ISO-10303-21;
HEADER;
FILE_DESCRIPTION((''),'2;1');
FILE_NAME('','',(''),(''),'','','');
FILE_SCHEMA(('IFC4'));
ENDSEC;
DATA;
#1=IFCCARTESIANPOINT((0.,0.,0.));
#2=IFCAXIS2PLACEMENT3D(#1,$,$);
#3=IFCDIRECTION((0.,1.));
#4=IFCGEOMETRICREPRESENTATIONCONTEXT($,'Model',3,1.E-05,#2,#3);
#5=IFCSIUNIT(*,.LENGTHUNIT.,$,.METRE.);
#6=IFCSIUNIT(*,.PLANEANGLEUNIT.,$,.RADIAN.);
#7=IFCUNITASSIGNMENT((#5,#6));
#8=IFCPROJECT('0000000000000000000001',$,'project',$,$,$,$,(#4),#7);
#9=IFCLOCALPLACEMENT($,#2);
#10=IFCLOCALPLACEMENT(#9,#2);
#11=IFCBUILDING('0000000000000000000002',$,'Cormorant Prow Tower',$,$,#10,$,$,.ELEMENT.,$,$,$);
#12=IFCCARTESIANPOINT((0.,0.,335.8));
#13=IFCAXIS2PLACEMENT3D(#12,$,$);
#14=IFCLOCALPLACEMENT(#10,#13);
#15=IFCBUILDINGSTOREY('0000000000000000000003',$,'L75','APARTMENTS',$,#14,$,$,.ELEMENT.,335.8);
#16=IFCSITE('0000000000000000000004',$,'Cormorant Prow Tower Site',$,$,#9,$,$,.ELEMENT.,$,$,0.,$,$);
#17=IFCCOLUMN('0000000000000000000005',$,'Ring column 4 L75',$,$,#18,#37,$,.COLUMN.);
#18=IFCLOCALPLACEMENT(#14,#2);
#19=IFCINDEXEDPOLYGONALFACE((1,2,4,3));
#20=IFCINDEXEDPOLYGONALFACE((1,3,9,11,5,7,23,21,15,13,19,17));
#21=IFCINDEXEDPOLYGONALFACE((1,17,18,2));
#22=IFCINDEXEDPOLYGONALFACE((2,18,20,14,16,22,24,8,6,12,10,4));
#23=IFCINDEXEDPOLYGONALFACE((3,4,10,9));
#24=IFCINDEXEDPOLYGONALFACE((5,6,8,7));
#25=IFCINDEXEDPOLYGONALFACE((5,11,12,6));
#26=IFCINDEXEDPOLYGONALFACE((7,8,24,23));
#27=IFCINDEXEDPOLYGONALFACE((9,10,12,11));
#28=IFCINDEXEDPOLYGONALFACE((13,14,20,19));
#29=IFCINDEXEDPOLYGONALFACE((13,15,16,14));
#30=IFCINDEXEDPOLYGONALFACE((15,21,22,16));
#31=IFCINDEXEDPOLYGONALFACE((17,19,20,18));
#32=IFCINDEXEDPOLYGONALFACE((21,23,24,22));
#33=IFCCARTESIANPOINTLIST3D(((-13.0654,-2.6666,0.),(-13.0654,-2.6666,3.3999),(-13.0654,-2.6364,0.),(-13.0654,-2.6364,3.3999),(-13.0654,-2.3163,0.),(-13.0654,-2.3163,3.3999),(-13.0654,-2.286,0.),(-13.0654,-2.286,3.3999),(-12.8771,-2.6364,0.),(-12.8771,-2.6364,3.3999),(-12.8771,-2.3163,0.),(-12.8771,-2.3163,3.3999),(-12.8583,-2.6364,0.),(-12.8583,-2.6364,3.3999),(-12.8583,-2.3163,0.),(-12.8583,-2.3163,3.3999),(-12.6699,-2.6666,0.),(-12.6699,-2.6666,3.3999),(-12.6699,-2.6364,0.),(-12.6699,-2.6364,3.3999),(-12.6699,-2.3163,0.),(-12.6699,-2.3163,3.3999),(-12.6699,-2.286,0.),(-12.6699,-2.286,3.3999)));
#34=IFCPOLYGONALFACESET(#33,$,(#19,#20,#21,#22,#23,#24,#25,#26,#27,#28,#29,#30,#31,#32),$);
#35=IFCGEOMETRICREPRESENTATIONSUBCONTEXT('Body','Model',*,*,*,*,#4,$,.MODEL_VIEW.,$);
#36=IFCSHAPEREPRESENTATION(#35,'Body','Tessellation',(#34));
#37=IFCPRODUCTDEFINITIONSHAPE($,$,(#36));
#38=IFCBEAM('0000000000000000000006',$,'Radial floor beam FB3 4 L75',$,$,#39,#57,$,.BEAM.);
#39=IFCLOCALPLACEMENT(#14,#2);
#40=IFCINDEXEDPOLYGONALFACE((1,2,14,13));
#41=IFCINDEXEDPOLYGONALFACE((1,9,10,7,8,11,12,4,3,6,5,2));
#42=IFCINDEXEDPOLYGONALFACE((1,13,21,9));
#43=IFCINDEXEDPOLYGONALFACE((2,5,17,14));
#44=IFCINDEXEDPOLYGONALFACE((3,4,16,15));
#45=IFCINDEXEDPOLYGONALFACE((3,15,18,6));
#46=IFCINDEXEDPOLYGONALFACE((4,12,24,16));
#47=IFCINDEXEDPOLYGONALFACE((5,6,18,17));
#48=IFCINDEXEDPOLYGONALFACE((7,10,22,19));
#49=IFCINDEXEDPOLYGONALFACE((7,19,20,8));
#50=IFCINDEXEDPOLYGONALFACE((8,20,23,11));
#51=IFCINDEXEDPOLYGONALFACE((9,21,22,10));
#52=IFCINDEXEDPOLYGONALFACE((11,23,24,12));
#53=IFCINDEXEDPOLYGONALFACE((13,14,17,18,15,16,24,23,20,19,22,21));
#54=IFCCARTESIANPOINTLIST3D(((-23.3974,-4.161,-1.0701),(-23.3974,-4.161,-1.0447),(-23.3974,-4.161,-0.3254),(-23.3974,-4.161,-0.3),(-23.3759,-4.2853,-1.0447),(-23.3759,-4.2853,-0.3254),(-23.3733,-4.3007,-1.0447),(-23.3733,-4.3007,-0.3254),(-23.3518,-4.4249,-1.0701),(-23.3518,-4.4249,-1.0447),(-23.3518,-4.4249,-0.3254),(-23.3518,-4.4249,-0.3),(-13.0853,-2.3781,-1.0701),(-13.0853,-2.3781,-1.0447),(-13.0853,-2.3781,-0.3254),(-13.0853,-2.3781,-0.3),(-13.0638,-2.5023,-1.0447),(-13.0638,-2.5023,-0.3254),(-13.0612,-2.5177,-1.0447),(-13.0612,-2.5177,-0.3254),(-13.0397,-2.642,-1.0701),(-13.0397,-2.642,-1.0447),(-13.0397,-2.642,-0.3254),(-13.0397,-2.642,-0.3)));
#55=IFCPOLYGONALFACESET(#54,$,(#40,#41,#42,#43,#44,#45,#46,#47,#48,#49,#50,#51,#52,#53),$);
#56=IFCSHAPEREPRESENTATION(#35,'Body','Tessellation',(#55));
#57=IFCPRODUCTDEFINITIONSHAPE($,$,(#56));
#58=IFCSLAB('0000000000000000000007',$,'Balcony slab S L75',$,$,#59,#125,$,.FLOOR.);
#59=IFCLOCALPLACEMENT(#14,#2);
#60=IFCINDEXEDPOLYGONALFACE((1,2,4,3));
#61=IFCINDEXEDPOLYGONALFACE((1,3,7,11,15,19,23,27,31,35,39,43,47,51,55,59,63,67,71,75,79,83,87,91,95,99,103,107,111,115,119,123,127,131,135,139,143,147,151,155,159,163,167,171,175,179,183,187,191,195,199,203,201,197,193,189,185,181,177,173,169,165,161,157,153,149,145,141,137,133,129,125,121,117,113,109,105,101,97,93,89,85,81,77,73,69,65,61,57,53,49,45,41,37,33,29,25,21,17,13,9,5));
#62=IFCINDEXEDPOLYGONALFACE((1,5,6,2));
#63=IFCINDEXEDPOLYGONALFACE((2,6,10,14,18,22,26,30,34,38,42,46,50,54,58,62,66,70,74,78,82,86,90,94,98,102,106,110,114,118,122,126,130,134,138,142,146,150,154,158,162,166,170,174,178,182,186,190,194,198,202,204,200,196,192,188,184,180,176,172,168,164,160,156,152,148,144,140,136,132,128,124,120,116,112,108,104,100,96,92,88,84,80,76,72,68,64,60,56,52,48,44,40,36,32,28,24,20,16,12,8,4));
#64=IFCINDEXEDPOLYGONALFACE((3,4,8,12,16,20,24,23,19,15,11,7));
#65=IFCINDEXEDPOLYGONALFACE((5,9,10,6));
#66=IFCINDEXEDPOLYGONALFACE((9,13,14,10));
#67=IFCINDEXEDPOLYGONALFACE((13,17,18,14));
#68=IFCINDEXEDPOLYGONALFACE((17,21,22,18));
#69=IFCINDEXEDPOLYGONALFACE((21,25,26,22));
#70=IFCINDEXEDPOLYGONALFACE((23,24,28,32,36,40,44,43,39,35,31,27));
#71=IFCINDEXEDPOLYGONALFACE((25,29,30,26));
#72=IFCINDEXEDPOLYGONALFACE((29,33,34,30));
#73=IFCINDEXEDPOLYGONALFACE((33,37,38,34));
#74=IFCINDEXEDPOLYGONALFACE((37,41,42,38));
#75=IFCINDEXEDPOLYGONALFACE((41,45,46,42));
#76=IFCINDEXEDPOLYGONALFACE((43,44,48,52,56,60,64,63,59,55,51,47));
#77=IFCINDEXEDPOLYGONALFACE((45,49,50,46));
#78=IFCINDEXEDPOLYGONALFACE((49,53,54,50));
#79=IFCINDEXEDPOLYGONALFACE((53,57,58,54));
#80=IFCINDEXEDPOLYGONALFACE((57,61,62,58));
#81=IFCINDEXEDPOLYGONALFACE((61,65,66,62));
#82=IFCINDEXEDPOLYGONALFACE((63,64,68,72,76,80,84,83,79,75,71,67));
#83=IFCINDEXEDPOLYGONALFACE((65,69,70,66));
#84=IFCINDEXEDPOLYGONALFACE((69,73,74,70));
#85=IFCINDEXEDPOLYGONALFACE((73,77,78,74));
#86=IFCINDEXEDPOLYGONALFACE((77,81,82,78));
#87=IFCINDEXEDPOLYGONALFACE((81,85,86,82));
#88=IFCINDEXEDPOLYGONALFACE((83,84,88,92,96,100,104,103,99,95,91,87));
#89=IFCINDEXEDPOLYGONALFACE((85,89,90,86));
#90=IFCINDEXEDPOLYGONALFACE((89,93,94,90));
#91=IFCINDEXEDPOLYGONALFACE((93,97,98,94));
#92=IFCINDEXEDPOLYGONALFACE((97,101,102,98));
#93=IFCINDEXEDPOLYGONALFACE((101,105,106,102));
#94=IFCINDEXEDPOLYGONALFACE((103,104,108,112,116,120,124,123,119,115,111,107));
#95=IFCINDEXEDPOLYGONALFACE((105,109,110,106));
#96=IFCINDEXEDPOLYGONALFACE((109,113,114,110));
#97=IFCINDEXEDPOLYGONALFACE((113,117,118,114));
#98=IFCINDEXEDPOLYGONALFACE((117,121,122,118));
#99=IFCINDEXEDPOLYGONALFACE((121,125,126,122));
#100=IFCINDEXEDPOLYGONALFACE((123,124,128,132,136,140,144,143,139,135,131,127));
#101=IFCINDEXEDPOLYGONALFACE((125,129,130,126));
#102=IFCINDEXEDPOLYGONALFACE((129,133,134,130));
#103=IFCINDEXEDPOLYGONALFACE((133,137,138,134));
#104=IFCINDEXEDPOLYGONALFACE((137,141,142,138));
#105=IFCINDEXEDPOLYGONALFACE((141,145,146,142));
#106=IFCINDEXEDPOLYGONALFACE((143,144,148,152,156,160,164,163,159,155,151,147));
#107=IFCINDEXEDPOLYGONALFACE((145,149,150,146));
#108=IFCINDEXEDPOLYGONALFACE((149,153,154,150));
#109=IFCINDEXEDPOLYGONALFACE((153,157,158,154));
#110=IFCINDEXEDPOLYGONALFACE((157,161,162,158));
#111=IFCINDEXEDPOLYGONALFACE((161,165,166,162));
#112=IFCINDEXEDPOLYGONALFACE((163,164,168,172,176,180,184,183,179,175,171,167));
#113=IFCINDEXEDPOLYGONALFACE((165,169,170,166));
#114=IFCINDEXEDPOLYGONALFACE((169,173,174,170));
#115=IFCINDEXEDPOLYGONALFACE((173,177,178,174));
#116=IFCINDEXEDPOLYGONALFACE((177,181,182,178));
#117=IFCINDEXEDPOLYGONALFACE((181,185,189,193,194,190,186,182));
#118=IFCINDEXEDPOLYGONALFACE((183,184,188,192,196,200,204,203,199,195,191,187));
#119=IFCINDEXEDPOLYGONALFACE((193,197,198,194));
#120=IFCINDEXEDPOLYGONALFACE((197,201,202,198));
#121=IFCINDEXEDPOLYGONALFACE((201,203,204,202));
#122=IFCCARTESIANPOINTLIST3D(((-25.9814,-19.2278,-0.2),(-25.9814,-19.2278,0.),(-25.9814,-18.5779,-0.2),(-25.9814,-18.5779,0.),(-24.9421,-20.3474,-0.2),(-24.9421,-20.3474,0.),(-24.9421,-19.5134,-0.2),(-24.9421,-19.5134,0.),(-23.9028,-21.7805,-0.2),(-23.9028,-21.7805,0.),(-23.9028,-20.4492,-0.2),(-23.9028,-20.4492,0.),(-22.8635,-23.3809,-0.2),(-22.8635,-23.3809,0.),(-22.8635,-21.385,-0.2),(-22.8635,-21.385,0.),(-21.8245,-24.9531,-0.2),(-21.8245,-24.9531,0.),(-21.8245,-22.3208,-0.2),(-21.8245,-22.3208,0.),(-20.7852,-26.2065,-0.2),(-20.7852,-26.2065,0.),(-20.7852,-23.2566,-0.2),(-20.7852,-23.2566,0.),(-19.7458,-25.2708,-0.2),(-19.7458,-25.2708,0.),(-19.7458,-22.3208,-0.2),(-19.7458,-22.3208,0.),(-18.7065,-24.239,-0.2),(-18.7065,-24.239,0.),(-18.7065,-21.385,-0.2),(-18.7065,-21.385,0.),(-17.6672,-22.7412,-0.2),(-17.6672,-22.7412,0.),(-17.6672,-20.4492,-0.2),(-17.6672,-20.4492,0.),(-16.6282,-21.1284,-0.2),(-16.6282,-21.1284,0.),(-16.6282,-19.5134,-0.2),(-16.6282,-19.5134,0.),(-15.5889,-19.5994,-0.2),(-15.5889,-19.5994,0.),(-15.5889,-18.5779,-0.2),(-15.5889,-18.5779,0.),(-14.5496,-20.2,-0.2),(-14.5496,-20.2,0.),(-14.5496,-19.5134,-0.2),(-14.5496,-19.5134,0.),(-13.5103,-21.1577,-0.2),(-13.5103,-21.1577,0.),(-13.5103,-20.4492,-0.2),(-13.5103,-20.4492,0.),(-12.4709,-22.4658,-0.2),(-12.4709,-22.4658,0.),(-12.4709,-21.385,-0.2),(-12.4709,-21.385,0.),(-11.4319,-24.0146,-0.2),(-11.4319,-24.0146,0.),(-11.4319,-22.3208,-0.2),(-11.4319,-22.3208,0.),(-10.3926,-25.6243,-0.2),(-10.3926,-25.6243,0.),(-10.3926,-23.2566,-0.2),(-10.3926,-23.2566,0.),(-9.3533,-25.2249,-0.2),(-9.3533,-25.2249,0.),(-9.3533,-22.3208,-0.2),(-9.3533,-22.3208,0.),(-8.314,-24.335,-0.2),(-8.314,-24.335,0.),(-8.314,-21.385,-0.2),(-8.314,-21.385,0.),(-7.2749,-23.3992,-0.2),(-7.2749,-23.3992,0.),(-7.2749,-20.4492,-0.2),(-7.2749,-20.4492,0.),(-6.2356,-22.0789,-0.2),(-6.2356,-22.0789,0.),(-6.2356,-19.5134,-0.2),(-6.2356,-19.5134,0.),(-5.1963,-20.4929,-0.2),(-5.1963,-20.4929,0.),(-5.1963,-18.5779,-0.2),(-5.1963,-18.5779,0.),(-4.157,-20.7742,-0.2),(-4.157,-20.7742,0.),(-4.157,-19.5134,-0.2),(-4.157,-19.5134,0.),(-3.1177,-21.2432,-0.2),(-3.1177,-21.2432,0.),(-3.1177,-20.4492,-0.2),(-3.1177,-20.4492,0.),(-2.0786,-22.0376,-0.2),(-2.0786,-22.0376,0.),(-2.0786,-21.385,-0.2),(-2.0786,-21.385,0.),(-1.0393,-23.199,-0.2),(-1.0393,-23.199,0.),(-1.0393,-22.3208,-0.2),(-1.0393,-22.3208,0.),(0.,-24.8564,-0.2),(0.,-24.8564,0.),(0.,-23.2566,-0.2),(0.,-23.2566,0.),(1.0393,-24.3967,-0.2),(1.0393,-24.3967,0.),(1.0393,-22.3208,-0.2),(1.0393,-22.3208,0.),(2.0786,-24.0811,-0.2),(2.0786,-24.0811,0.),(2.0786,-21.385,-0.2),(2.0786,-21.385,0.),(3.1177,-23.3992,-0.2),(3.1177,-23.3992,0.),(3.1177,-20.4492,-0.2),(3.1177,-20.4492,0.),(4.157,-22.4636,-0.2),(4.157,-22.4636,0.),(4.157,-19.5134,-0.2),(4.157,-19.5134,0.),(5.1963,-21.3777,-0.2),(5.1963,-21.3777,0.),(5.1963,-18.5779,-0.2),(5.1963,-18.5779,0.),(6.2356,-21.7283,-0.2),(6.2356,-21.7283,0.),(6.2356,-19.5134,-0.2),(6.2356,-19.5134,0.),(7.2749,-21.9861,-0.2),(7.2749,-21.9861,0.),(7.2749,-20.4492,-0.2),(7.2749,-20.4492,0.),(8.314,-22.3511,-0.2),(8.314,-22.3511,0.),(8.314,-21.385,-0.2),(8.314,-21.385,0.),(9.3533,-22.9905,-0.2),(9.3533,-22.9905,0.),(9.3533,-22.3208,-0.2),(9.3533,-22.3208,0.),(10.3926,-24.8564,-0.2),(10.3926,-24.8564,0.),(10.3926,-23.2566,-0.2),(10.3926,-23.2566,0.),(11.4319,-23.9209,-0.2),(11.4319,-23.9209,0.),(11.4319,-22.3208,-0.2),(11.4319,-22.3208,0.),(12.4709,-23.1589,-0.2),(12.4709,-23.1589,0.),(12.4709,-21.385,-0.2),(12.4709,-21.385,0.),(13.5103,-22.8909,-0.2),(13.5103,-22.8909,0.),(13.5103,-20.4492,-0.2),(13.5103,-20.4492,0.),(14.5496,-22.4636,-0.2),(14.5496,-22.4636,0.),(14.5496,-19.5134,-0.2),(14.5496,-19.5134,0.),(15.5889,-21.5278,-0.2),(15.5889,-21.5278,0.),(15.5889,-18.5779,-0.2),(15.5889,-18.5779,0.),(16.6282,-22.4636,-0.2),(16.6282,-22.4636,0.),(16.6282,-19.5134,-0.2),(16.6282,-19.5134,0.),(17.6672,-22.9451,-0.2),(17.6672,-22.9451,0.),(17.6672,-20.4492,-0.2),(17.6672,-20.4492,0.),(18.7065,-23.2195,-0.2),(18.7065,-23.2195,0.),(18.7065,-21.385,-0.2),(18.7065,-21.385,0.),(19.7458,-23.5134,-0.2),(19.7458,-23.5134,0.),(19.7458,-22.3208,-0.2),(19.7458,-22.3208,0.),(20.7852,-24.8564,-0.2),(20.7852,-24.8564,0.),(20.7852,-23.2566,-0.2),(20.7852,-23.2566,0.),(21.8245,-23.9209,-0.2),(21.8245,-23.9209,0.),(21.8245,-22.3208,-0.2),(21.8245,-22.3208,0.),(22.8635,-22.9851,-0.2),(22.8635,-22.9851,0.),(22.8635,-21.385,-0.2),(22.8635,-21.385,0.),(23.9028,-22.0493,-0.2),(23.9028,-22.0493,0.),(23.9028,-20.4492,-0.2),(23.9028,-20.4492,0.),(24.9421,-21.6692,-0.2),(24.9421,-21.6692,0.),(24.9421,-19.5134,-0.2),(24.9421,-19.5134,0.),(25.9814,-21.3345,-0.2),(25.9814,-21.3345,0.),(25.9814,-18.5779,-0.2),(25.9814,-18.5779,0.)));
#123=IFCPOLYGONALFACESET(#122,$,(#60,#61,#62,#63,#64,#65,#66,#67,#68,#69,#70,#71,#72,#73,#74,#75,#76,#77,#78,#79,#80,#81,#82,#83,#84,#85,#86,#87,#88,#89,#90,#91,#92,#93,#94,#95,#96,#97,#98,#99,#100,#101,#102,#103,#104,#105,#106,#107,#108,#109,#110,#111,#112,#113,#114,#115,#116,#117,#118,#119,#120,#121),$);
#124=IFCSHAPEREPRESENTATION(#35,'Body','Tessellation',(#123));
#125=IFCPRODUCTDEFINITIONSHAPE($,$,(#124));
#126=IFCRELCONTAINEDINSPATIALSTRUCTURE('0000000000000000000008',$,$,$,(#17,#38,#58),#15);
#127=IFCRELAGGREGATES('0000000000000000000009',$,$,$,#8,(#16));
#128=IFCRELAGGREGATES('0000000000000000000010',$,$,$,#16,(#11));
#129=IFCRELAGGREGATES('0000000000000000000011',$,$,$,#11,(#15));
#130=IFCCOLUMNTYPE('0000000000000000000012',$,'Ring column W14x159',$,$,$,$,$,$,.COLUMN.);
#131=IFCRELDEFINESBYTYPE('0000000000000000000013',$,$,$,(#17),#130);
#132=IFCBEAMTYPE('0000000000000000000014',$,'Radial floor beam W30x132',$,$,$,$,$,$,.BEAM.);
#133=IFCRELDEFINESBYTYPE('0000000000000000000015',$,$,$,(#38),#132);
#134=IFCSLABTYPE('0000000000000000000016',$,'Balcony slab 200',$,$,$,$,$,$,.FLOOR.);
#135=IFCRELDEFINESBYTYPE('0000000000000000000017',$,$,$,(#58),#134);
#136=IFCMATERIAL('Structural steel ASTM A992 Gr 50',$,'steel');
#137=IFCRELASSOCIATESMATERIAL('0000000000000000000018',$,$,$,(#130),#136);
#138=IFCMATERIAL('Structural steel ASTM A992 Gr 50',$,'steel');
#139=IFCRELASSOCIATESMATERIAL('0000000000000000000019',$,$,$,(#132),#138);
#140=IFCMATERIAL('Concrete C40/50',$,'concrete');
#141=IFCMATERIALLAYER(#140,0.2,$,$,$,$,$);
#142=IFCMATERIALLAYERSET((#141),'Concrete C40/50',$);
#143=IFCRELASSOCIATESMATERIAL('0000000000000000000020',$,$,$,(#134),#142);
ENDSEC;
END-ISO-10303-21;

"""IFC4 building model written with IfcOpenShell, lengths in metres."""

from ifc_helpers import new_model, si_unit, direction, frame, origin, origin_2d, place, context, subcontext, project, spatial, polyline, i_section, outline, extrude, material, layer, layer_set, material_profile, profile_set, type_object, element, save


model = new_model("IFC4")

# Units and contexts
model_context = context("Model", 3, precision=1e-05, world=origin(), true_north=direction((0.0, 1.0)))
body_context = subcontext(model_context, "Body", "Model", "MODEL_VIEW")
ifc_project = project(units=[si_unit("LENGTHUNIT", "METRE"), si_unit("PLANEANGLEUNIT", "RADIAN")], contexts=[model_context])

# Site, building, storey
site_placement = place(None, origin())
site = spatial("IfcSite", under=ifc_project, at=site_placement, Name="Cormorant Prow Tower Site", CompositionType="ELEMENT", RefElevation=0.0)
building_placement = place(site_placement, origin())
building = spatial("IfcBuilding", under=site, at=building_placement, Name="Cormorant Prow Tower", CompositionType="ELEMENT")
storey_placement = place(building_placement, frame((0.0, 0.0, 335.8)))
storey = spatial("IfcBuildingStorey", under=building, at=storey_placement, Name="L75", Description="APARTMENTS", CompositionType="ELEMENT", Elevation=335.8)

# Column
ifc_material_1 = material(Name="Structural steel ASTM A992 Gr 50", Category="steel")
ifc_material_profile_1 = material_profile(ifc_material_1, i_section(OverallWidth=0.3955, OverallDepth=0.3806, WebThickness=0.0188, FlangeThickness=0.0303, at=origin_2d()), Name="W14x159")
ifc_profile_set_1 = profile_set([ifc_material_profile_1], Name="Structural steel ASTM A992 Gr 50")
column_type = type_object("IfcColumnType", Name="Ring column W14x159", PredefinedType="COLUMN", material=ifc_profile_set_1)
column_placement = place(storey_placement, frame((-12.8677, -2.4763, 0.0), z_axis=(0.0, 0.0, 1.0), x_axis=(1.0, 0.0, 0.0)))
element("IfcColumn", 1, at=column_placement, inside=storey, type_object=column_type, Name="Ring column 4 L75", PredefinedType="COLUMN", context=body_context, shape_type="SweptSolid", body=[
    extrude(i_section(OverallWidth=0.3955, OverallDepth=0.3806, WebThickness=0.0188, FlangeThickness=0.0303, at=origin_2d()), origin(), (0.0, 0.0, 1.0), 3.3999),
])

# Beam
ifc_material_2 = material(Name="Structural steel ASTM A992 Gr 50", Category="steel")
ifc_material_profile_2 = material_profile(ifc_material_2, i_section(OverallWidth=0.2678, OverallDepth=0.77, WebThickness=0.0156, FlangeThickness=0.0254, at=origin_2d()), Name="W30x132")
ifc_profile_set_2 = profile_set([ifc_material_profile_2], Name="Structural steel ASTM A992 Gr 50")
beam_type = type_object("IfcBeamType", Name="Radial floor beam W30x132", PredefinedType="BEAM", material=ifc_profile_set_2)
beam_placement = place(storey_placement, frame((-13.0625, -2.51, -0.6851), z_axis=(-0.98538, -0.170373, 0.0), x_axis=(0.170373, -0.98538, 0.0)))
element("IfcBeam", 2, at=beam_placement, inside=storey, type_object=beam_type, Name="Radial floor beam FB3 4 L75", PredefinedType="BEAM", context=body_context, shape_type="SweptSolid", body=[
    extrude(i_section(OverallWidth=0.2678, OverallDepth=0.77, WebThickness=0.0156, FlangeThickness=0.0254, at=origin_2d()), origin(), (0.0, 0.0, 1.0), 10.4651),
])

# Slab
ifc_material_3 = material(Name="Concrete C40/50", Category="concrete")
ifc_layer_1 = layer(ifc_material_3, 0.2)
ifc_layer_set_1 = layer_set([ifc_layer_1], Name="Concrete C40/50")
slab_type_1 = type_object("IfcSlabType", Name="Balcony slab 200", PredefinedType="FLOOR", material=ifc_layer_set_1)
slab_1_placement = place(storey_placement, frame((0.0, 0.0, -0.2)))
element("IfcSlab", 3, at=slab_1_placement, inside=storey, type_object=slab_type_1, Name="Balcony slab S L75", PredefinedType="FLOOR", context=body_context, shape_type="SweptSolid", body=[
    extrude(outline(polyline([(-25.9814, -18.5779), (-25.9814, -19.2278), (-24.9421, -20.3474), (-23.9028, -21.7805), (-22.8635, -23.3809), (-21.8245, -24.9531), (-20.7852, -26.2065), (-19.7458, -25.2708), (-18.7065, -24.239), (-17.6672, -22.7412), (-16.6282, -21.1284), (-15.5889, -19.5994), (-14.5496, -20.2), (-13.5103, -21.1577), (-12.4709, -22.4658), (-11.4319, -24.0146), (-10.3926, -25.6243), (-9.3533, -25.2249), (-8.314, -24.335), (-7.2749, -23.3992), (-6.2356, -22.0789), (-5.1963, -20.4929), (-4.157, -20.7742), (-3.1177, -21.2432), (-2.0786, -22.0376), (-1.0393, -23.199), (0.0, -24.8564), (1.0393, -24.3967), (2.0786, -24.0811), (3.1177, -23.3992), (4.157, -22.4636), (5.1963, -21.3777), (6.2356, -21.7283), (7.2749, -21.9861), (8.314, -22.3511), (9.3533, -22.9905), (10.3926, -24.8564), (11.4319, -23.9209), (12.4709, -23.1589), (13.5103, -22.8909), (14.5496, -22.4636), (15.5889, -21.5278), (16.6282, -22.4636), (17.6672, -22.9451), (18.7065, -23.2195), (19.7458, -23.5134), (20.7852, -24.8564), (21.8245, -23.9209), (22.8635, -22.9851), (23.9028, -22.0493), (24.9421, -21.6692), (25.9814, -21.3345), (25.9814, -18.5779), (24.9421, -19.5134), (23.9028, -20.4492), (22.8635, -21.385), (21.8245, -22.3208), (20.7852, -23.2566), (19.7458, -22.3208), (18.7065, -21.385), (17.6672, -20.4492), (16.6282, -19.5134), (15.5889, -18.5779), (14.5496, -19.5134), (13.5103, -20.4492), (12.4709, -21.385), (11.4319, -22.3208), (10.3926, -23.2566), (9.3533, -22.3208), (8.314, -21.385), (7.2749, -20.4492), (6.2356, -19.5134), (5.1963, -18.5779), (4.157, -19.5134), (3.1177, -20.4492), (2.0786, -21.385), (1.0393, -22.3208), (0.0, -23.2566), (-1.0393, -22.3208), (-2.0786, -21.385), (-3.1177, -20.4492), (-4.157, -19.5134), (-5.1963, -18.5779), (-6.2356, -19.5134), (-7.2749, -20.4492), (-8.314, -21.385), (-9.3533, -22.3208), (-10.3926, -23.2566), (-11.4319, -22.3208), (-12.4709, -21.385), (-13.5103, -20.4492), (-14.5496, -19.5134), (-15.5889, -18.5779), (-16.6282, -19.5134), (-17.6672, -20.4492), (-18.7065, -21.385), (-19.7458, -22.3208), (-20.7852, -23.2566), (-21.8245, -22.3208), (-22.8635, -21.385), (-23.9028, -20.4492), (-24.9421, -19.5134), (-25.9814, -18.5779)])), origin(), (0.0, 0.0, 1.0), 0.2),
])

save(model, "model.ifc")
